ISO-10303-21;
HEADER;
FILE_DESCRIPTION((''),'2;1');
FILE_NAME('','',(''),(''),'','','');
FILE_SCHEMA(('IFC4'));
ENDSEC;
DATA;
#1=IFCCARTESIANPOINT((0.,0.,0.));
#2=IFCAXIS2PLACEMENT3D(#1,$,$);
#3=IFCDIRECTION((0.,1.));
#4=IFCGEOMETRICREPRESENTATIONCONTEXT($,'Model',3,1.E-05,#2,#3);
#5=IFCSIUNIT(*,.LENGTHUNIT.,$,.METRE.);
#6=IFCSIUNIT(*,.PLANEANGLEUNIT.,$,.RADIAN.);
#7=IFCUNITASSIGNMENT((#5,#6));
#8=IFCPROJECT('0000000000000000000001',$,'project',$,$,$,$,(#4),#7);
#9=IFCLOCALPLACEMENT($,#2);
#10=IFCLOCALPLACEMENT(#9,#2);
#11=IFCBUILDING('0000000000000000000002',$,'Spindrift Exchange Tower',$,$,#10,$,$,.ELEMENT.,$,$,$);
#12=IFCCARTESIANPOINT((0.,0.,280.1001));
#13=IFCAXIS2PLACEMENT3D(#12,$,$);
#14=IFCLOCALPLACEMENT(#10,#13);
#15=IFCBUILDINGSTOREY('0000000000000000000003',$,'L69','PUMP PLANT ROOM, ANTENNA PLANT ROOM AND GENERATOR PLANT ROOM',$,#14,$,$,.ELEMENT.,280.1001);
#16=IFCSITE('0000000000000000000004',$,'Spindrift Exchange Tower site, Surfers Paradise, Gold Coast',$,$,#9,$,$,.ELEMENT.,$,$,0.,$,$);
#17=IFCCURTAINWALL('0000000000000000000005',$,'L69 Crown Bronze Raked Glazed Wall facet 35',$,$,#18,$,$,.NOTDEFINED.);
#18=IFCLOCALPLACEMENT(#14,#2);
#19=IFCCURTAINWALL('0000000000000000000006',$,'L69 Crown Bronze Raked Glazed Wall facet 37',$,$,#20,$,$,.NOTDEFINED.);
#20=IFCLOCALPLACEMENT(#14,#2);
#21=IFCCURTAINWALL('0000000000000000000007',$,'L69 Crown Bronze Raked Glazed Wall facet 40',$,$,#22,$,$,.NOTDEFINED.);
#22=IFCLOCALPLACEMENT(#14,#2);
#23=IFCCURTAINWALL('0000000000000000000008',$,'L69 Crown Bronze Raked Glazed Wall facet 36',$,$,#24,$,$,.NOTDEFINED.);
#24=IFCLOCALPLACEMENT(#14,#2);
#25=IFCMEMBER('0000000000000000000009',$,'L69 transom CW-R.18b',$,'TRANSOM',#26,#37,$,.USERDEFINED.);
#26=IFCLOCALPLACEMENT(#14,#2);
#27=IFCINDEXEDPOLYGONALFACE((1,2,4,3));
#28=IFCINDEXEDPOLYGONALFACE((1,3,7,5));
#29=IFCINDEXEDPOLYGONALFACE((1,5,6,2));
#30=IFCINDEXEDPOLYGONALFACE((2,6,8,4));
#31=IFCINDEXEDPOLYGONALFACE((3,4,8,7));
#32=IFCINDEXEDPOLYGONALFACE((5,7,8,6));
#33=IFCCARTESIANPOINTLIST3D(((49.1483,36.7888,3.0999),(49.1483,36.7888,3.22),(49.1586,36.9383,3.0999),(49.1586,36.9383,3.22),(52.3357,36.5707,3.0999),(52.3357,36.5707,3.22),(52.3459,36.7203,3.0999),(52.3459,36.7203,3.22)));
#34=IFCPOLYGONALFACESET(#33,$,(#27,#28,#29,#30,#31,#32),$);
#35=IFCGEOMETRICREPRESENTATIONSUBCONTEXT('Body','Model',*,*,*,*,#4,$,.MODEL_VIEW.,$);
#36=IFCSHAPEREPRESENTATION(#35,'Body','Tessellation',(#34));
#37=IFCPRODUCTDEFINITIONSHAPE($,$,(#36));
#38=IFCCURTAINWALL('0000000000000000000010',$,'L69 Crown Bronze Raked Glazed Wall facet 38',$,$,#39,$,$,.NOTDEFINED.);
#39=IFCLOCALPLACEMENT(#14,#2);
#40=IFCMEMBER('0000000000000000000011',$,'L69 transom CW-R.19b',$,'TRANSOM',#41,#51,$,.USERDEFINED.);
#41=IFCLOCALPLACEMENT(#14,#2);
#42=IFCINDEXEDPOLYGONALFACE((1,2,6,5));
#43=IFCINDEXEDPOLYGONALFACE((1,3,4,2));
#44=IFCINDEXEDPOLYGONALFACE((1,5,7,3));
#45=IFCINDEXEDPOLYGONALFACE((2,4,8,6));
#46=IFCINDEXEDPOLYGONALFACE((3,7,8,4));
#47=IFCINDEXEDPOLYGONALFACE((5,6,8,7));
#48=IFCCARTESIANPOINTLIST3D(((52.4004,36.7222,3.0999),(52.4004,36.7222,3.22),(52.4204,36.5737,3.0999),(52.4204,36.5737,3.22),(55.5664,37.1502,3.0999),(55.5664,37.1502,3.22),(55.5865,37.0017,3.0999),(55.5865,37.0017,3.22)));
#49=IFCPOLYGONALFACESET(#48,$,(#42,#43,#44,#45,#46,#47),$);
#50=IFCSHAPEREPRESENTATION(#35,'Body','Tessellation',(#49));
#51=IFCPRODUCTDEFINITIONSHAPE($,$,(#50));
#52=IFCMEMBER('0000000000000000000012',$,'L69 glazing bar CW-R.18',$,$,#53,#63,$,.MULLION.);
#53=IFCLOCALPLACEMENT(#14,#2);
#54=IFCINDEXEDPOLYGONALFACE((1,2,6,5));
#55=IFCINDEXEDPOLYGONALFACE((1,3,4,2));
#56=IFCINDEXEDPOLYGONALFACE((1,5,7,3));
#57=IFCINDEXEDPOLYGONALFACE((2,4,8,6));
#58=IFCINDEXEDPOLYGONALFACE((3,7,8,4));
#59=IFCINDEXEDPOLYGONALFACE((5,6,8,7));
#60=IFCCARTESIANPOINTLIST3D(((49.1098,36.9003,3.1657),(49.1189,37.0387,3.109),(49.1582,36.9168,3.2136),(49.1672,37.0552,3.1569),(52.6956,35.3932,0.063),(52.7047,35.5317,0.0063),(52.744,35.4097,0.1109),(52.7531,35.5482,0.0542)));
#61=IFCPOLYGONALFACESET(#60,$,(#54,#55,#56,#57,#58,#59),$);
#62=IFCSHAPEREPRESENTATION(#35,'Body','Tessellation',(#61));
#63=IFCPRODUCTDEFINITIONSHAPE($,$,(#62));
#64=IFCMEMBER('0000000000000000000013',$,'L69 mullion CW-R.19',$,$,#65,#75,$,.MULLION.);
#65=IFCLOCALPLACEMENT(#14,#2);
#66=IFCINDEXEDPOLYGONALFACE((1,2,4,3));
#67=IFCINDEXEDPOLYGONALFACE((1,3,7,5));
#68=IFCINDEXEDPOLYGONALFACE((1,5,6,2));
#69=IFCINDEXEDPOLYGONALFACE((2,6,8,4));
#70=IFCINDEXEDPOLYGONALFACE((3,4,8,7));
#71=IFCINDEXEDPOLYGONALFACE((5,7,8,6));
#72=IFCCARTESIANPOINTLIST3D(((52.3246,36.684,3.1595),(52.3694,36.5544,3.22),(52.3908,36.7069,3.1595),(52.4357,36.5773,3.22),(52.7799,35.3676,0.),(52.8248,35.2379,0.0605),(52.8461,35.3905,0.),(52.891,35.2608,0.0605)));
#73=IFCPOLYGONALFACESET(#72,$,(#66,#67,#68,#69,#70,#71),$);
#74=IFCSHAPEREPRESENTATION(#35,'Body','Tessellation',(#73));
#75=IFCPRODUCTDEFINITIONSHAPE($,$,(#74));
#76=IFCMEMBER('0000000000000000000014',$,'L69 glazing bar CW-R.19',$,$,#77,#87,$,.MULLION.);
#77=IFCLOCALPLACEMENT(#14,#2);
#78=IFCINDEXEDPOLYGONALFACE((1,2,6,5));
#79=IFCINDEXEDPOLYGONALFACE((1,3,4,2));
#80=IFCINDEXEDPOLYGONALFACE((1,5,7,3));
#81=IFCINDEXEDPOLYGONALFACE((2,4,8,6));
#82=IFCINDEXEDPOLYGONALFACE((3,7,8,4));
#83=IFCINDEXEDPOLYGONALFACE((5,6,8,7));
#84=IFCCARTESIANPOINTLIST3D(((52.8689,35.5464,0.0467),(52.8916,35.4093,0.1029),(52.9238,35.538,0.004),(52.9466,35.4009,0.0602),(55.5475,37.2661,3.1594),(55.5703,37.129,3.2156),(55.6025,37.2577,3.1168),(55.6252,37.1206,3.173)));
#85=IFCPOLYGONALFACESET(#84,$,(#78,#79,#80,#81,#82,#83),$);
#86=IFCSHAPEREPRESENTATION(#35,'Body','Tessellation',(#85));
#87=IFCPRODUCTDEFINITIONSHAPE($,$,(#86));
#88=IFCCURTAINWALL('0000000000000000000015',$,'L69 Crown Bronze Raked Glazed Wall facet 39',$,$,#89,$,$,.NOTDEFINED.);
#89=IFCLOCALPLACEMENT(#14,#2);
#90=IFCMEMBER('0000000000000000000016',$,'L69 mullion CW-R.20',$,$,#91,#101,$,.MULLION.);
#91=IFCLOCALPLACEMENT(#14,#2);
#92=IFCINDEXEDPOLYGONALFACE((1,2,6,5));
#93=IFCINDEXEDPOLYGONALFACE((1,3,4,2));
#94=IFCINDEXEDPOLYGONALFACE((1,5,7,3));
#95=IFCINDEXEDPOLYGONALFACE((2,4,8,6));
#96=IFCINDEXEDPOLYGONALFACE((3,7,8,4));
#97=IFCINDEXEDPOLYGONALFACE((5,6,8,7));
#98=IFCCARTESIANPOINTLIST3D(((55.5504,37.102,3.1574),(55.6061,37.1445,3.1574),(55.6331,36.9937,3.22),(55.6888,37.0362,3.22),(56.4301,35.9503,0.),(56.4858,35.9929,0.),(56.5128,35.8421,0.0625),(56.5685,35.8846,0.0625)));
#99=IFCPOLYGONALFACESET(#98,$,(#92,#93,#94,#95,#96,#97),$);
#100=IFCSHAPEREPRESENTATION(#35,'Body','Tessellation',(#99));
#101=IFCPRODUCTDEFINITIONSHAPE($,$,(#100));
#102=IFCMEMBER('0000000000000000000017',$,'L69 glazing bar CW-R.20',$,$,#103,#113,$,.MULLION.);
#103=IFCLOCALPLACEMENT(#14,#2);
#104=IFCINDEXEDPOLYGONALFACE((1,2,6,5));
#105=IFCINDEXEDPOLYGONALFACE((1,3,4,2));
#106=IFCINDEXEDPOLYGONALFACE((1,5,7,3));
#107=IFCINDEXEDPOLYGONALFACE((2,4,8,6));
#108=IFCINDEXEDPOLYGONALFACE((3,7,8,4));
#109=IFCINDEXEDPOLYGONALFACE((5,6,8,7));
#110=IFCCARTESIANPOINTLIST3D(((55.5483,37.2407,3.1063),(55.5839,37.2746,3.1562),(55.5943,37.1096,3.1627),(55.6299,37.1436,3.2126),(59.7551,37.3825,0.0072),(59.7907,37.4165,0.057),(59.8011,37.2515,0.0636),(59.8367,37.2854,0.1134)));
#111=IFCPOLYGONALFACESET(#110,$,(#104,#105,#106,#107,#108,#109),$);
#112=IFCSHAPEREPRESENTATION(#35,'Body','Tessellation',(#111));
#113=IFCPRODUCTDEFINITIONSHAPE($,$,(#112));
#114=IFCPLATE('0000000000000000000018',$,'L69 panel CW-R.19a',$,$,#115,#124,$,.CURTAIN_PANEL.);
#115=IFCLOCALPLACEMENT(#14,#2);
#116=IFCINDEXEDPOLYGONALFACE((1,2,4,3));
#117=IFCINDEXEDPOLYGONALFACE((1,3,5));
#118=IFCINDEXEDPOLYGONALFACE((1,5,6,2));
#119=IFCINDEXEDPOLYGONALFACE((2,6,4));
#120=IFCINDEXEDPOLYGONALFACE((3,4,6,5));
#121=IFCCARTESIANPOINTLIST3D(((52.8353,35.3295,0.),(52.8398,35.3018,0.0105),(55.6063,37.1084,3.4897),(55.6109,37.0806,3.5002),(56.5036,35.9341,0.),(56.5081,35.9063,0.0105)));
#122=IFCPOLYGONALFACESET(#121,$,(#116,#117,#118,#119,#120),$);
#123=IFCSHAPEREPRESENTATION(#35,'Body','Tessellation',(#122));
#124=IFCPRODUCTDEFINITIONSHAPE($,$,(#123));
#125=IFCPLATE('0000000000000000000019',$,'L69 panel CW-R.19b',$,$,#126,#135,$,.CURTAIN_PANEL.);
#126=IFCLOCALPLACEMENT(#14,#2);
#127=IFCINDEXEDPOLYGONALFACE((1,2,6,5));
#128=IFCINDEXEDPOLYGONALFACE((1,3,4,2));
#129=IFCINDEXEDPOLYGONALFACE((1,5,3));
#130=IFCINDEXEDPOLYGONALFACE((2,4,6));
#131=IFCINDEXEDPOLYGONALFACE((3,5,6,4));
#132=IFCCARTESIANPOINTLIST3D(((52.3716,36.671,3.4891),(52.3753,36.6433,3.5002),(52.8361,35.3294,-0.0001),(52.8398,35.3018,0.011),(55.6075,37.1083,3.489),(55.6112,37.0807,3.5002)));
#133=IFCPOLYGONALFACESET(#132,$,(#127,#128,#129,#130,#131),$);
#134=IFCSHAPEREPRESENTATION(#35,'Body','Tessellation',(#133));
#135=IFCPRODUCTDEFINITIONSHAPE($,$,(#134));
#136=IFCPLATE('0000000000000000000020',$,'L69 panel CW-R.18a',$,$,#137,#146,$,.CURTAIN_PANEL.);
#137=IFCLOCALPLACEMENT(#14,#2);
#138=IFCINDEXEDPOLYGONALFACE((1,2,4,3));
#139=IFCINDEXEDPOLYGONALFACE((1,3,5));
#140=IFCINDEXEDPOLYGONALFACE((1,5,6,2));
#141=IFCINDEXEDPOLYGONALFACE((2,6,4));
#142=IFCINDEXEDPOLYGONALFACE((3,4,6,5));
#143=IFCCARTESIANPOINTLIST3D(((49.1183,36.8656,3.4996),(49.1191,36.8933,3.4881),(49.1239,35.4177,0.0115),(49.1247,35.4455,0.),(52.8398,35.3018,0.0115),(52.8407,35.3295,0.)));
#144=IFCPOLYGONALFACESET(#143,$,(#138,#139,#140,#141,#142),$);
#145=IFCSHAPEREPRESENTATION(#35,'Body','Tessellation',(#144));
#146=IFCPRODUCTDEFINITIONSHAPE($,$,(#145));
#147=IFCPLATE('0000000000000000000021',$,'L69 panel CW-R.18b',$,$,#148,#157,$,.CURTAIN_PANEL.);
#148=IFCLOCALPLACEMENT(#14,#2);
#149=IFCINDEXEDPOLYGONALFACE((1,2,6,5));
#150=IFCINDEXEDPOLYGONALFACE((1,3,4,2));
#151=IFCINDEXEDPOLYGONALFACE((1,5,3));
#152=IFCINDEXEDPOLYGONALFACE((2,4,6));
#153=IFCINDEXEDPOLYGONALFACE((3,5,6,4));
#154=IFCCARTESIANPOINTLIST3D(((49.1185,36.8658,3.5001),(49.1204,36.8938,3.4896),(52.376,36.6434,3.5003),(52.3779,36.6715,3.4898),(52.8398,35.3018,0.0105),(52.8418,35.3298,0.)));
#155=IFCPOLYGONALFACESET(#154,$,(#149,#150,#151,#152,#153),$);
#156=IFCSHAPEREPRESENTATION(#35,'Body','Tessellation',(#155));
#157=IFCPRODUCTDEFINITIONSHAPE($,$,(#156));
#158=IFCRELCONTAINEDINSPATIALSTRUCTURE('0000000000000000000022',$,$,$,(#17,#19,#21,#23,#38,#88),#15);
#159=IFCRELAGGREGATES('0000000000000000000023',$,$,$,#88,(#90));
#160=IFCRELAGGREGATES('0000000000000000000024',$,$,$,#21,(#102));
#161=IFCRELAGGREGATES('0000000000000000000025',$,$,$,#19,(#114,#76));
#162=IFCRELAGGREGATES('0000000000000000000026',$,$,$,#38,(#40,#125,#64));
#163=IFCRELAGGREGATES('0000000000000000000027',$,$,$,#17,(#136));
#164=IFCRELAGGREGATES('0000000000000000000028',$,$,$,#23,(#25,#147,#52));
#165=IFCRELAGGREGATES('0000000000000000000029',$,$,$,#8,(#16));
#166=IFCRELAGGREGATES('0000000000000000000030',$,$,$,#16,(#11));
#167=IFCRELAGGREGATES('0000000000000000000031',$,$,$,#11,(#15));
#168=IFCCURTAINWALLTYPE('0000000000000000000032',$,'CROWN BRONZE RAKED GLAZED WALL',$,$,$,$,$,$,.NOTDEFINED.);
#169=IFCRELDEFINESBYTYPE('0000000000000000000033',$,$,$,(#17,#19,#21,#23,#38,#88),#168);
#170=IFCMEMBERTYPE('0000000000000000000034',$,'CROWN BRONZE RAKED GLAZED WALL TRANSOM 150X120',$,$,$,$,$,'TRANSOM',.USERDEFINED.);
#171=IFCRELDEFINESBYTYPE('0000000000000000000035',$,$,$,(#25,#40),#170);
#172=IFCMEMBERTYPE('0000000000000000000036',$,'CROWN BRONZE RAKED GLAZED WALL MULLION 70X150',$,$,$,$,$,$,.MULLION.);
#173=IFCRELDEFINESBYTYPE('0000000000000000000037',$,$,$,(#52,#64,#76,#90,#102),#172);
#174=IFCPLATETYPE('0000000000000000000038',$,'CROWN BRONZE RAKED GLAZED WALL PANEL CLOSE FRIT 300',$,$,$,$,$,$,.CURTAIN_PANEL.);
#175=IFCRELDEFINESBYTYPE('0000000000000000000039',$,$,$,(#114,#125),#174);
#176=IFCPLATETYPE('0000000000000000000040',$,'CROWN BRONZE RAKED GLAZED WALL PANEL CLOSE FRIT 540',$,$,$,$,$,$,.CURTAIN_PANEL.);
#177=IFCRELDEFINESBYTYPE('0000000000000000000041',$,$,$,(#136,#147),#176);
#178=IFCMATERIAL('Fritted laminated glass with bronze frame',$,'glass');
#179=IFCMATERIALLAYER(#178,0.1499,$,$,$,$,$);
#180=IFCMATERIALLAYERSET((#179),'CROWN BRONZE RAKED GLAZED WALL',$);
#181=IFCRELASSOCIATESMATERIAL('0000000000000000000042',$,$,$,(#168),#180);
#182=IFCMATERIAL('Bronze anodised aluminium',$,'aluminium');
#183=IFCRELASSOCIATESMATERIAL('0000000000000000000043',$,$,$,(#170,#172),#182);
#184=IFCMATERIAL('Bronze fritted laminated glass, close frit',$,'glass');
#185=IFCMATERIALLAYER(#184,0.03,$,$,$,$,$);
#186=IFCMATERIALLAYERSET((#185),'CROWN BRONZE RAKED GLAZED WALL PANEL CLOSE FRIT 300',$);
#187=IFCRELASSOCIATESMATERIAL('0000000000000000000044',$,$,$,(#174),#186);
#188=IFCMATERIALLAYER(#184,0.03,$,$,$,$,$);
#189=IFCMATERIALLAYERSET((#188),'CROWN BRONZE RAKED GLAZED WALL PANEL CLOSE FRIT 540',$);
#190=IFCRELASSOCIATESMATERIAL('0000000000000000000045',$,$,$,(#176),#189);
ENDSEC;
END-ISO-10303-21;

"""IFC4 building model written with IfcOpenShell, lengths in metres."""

from ifc_helpers import new_model, si_unit, direction, frame, origin, origin_2d, place, context, subcontext, project, spatial, line, indexed_curve, rectangle, outline, extrude, source, transform, mapped, material, layer, layer_set, material_profile, profile_set, type_object, element, aggregate, save


model = new_model("IFC4")

# Units and contexts
model_context = context("Model", 3, precision=1e-05, world=origin(), true_north=direction((0.0, 1.0)))
body_context = subcontext(model_context, "Body", "Model", "MODEL_VIEW")
ifc_project = project(units=[si_unit("LENGTHUNIT", "METRE"), si_unit("PLANEANGLEUNIT", "RADIAN")], contexts=[model_context])

# Site, building, storey
site_placement = place(None, origin())
site = spatial("IfcSite", under=ifc_project, at=site_placement, Name="Spindrift Exchange Tower site, Surfers Paradise, Gold Coast", CompositionType="ELEMENT", RefElevation=0.0)
building_placement = place(site_placement, origin())
building = spatial("IfcBuilding", under=site, at=building_placement, Name="Spindrift Exchange Tower", CompositionType="ELEMENT")
storey_placement = place(building_placement, frame((0.0, 0.0, 280.1001)))
storey = spatial("IfcBuildingStorey", under=building, at=storey_placement, Name="L69", Description="PUMP PLANT ROOM, ANTENNA PLANT ROOM AND GENERATOR PLANT ROOM", CompositionType="ELEMENT", Elevation=280.1001)

# Curtain walls, members
ifc_material_1 = material(Name="Fritted laminated glass with bronze frame", Category="glass")
ifc_layer_1 = layer(ifc_material_1, 0.1499)
ifc_layer_set_1 = layer_set([ifc_layer_1], Name="CROWN BRONZE RAKED GLAZED WALL")
curtain_wall_type = type_object("IfcCurtainWallType", Name="CROWN BRONZE RAKED GLAZED WALL", PredefinedType="NOTDEFINED", material=ifc_layer_set_1)
curtain_wall_1_placement = place(storey_placement, origin())
curtain_wall_1 = element("IfcCurtainWall", 1, at=curtain_wall_1_placement, inside=storey, type_object=curtain_wall_type, Name="L69 Crown Bronze Raked Glazed Wall facet 35", PredefinedType="NOTDEFINED")
ifc_material_2 = material(Name="Bronze anodised aluminium", Category="aluminium")
ifc_material_profile_1 = material_profile(ifc_material_2, rectangle(XDim=0.1499, YDim=0.1201, at=origin_2d()), Name="CROWN BRONZE RAKED GLAZED WALL TRANSOM 150X120")
ifc_profile_set_1 = profile_set([ifc_material_profile_1], Name="Bronze anodised aluminium")
member_type_1 = type_object("IfcMemberType", Name="CROWN BRONZE RAKED GLAZED WALL TRANSOM 150X120", ElementType="TRANSOM", PredefinedType="USERDEFINED", material=ifc_profile_set_1)
curtain_wall_2_placement = place(storey_placement, origin())
curtain_wall_2 = element("IfcCurtainWall", 2, at=curtain_wall_2_placement, inside=storey, type_object=curtain_wall_type, Name="L69 Crown Bronze Raked Glazed Wall facet 37", PredefinedType="NOTDEFINED")
curtain_wall_3_placement = place(storey_placement, origin())
curtain_wall_3 = element("IfcCurtainWall", 3, at=curtain_wall_3_placement, inside=storey, type_object=curtain_wall_type, Name="L69 Crown Bronze Raked Glazed Wall facet 40", PredefinedType="NOTDEFINED")
curtain_wall_4_placement = place(storey_placement, origin())
curtain_wall_4 = element("IfcCurtainWall", 4, at=curtain_wall_4_placement, inside=storey, type_object=curtain_wall_type, Name="L69 Crown Bronze Raked Glazed Wall facet 36", PredefinedType="NOTDEFINED")
shared_shape_1 = source(origin(), body_context, "Body", "SweptSolid", [
    extrude(rectangle(XDim=0.1499, YDim=0.1201, at=origin_2d()), origin(), (0.0, 0.0, 1.0), 3.1948),
])
member_1_placement = place(storey_placement, frame((52.3408, 36.6455, 3.1599), z_axis=(-0.997669, 0.068243, 0.0), x_axis=(-0.068243, -0.997669, 0.0)))
member_1 = element("IfcMember", 5, at=member_1_placement, type_object=member_type_1, Name="L69 transom CW-R.18b", ObjectType="TRANSOM", PredefinedType="USERDEFINED", context=body_context, shape_type="MappedRepresentation", body=[
    mapped(shared_shape_1, transform((0.0, 0.0, 0.0), scale=1.0)),
])
curtain_wall_5_placement = place(storey_placement, origin())
curtain_wall_5 = element("IfcCurtainWall", 6, at=curtain_wall_5_placement, inside=storey, type_object=curtain_wall_type, Name="L69 Crown Bronze Raked Glazed Wall facet 38", PredefinedType="NOTDEFINED")
member_2_placement = place(storey_placement, frame((52.4104, 36.6479, 3.1599), z_axis=(0.990987, 0.13396, 0.0), x_axis=(-0.13396, 0.990987, 0.0)))
member_2 = element("IfcMember", 7, at=member_2_placement, type_object=member_type_1, Name="L69 transom CW-R.19b", ObjectType="TRANSOM", PredefinedType="USERDEFINED", context=body_context, shape_type="MappedRepresentation", body=[
    mapped(shared_shape_1, transform((0.0, 0.0, 0.0), scale=1.0)),
])

# Members
ifc_material_profile_2 = material_profile(ifc_material_2, rectangle(XDim=0.0701, YDim=0.1499, at=origin_2d()), Name="CROWN BRONZE RAKED GLAZED WALL MULLION 70X150")
ifc_profile_set_2 = profile_set([ifc_material_profile_2], Name="Bronze anodised aluminium")
member_type_2 = type_object("IfcMemberType", Name="CROWN BRONZE RAKED GLAZED WALL MULLION 70X150", PredefinedType="MULLION", material=ifc_profile_set_2)
shared_shape_2 = source(origin(), body_context, "Body", "SweptSolid", [
    extrude(rectangle(XDim=0.0701, YDim=0.1499, at=origin_2d()), origin(), (0.0, 0.0, 1.0), 4.9756),
])
member_3_placement = place(storey_placement, frame((52.7244, 35.4707, 0.0586), z_axis=(-0.720691, 0.302889, 0.623588), x_axis=(-0.690596, -0.234942, -0.684017)))
member_3 = element("IfcMember", 8, at=member_3_placement, type_object=member_type_2, Name="L69 glazing bar CW-R.18", PredefinedType="MULLION", context=body_context, shape_type="MappedRepresentation", body=[
    mapped(shared_shape_2, transform((0.0, 0.0, 0.0), scale=1.0)),
])
shared_shape_3 = source(origin(), body_context, "Body", "SweptSolid", [
    extrude(rectangle(XDim=0.0701, YDim=0.1499, at=origin_2d()), origin(), (0.0, 0.0, 1.0), 3.4529),
])
member_4_placement = place(storey_placement, frame((52.8354, 35.3142, 0.0303), z_axis=(-0.131868, 0.381252, 0.915018), x_axis=(-0.945065, -0.326882, 0.0)))
member_4 = element("IfcMember", 9, at=member_4_placement, type_object=member_type_2, Name="L69 mullion CW-R.19", PredefinedType="MULLION", context=body_context, shape_type="MappedRepresentation", body=[
    mapped(shared_shape_3, transform((0.0, 0.0, 0.0), scale=1.0)),
])
shared_shape_4 = source(origin(), body_context, "Body", "SweptSolid", [
    extrude(rectangle(XDim=0.0701, YDim=0.1499, at=origin_2d()), origin(), (0.0, 0.0, 1.0), 4.4521),
])
member_5_placement = place(storey_placement, frame((52.9077, 35.4736, 0.0535), z_axis=(0.601655, 0.386261, 0.699152), x_axis=(-0.784225, 0.119454, 0.608869)))
member_5 = element("IfcMember", 10, at=member_5_placement, type_object=member_type_2, Name="L69 glazing bar CW-R.19", PredefinedType="MULLION", context=body_context, shape_type="MappedRepresentation", body=[
    mapped(shared_shape_4, transform((0.0, 0.0, 0.0), scale=1.0)),
])

# Curtain wall, member
curtain_wall_6_placement = place(storey_placement, origin())
curtain_wall_6 = element("IfcCurtainWall", 11, at=curtain_wall_6_placement, inside=storey, type_object=curtain_wall_type, Name="L69 Crown Bronze Raked Glazed Wall facet 39", PredefinedType="NOTDEFINED")
shared_shape_5 = source(origin(), body_context, "Body", "SweptSolid", [
    extrude(rectangle(XDim=0.0701, YDim=0.1499, at=origin_2d()), origin(), (0.0, 0.0, 1.0), 3.4741),
])
member_6_placement = place(storey_placement, frame((56.4993, 35.9175, 0.0312), z_axis=(-0.253197, 0.331482, 0.908852), x_axis=(-0.794692, -0.607012, 0.0)))
member_6 = element("IfcMember", 12, at=member_6_placement, type_object=member_type_2, Name="L69 mullion CW-R.20", PredefinedType="MULLION", context=body_context, shape_type="MappedRepresentation", body=[
    mapped(shared_shape_5, transform((0.0, 0.0, 0.0), scale=1.0)),
])
aggregate(curtain_wall_6, [member_6])

# Member
shared_shape_6 = source(origin(), body_context, "Body", "SweptSolid", [
    extrude(rectangle(XDim=0.0701, YDim=0.1499, at=origin_2d()), origin(), (0.0, 0.0, 1.0), 5.2271),
])
member_7_placement = place(storey_placement, frame((59.7959, 37.334, 0.0603), z_axis=(-0.804816, -0.027137, 0.592904), x_axis=(-0.508146, -0.484683, -0.711948)))
member_7 = element("IfcMember", 13, at=member_7_placement, type_object=member_type_2, Name="L69 glazing bar CW-R.20", PredefinedType="MULLION", context=body_context, shape_type="MappedRepresentation", body=[
    mapped(shared_shape_6, transform((0.0, 0.0, 0.0), scale=1.0)),
])
aggregate(curtain_wall_3, [member_7])

# Plates
ifc_material_3 = material(Name="Bronze fritted laminated glass, close frit", Category="glass")
ifc_layer_2 = layer(ifc_material_3, 0.03)
ifc_layer_set_2 = layer_set([ifc_layer_2], Name="CROWN BRONZE RAKED GLAZED WALL PANEL CLOSE FRIT 300")
plate_type_1 = type_object("IfcPlateType", Name="CROWN BRONZE RAKED GLAZED WALL PANEL CLOSE FRIT 300", PredefinedType="CURTAIN_PANEL", material=ifc_layer_set_2)
plate_1_placement = place(storey_placement, frame((52.8398, 35.3018, 0.0105), z_axis=(0.152314, -0.92422, 0.350168), x_axis=(0.98669, 0.16261, 0.0)))
plate_1 = element("IfcPlate", 14, at=plate_1_placement, type_object=plate_type_1, Name="L69 panel CW-R.19a", PredefinedType="CURTAIN_PANEL", context=body_context, shape_type="SweptSolid", body=[
    extrude(outline(indexed_curve([(0.0, 0.0), (3.7178, 0.0), (3.0234, 3.7256)], segments=[line(1, 2, 3, 1)], self_intersect=False)), origin(), (0.0, 0.0, -1.0), 0.03),
])
aggregate(curtain_wall_2, [plate_1, member_5])
plate_2_placement = place(storey_placement, frame((52.8398, 35.3018, 0.011), z_axis=(0.124401, -0.920473, 0.370477), x_axis=(0.577628, 0.370769, 0.727239)))
plate_2 = element("IfcPlate", 15, at=plate_2_placement, type_object=plate_type_1, Name="L69 panel CW-R.19b", PredefinedType="CURTAIN_PANEL", context=body_context, shape_type="SweptSolid", body=[
    extrude(outline(indexed_curve([(0.0, 0.0), (4.7979, 0.0), (2.7666, 2.5566)], segments=[line(1, 2, 3, 1)], self_intersect=False)), origin(), (0.0, 0.0, -1.0), 0.03),
])
aggregate(curtain_wall_5, [member_2, plate_2, member_4])
ifc_layer_3 = layer(ifc_material_3, 0.03)
ifc_layer_set_3 = layer_set([ifc_layer_3], Name="CROWN BRONZE RAKED GLAZED WALL PANEL CLOSE FRIT 540")
plate_type_2 = type_object("IfcPlateType", Name="CROWN BRONZE RAKED GLAZED WALL PANEL CLOSE FRIT 540", PredefinedType="CURTAIN_PANEL", material=ifc_layer_set_3)
plate_3_placement = place(storey_placement, frame((52.8398, 35.3018, 0.0115), z_axis=(-0.028815, -0.923231, 0.383163), x_axis=(-0.999513, 0.031196, 0.0)))
plate_3 = element("IfcPlate", 16, at=plate_3_placement, type_object=plate_type_2, Name="L69 panel CW-R.18a", PredefinedType="CURTAIN_PANEL", context=body_context, shape_type="SweptSolid", body=[
    extrude(outline(indexed_curve([(0.0, 0.0), (3.7178, 0.0), (3.7686, -3.7764)], segments=[line(1, 2, 3, 1)], self_intersect=False)), origin(), (0.0, 0.0, -1.0), 0.03),
])
aggregate(curtain_wall_1, [plate_3])
plate_4_placement = place(storey_placement, frame((52.8398, 35.3018, 0.0105), z_axis=(-0.0638, -0.934307, 0.350713), x_axis=(-0.697412, 0.293112, 0.653989)))
plate_4 = element("IfcPlate", 17, at=plate_4_placement, type_object=plate_type_2, Name="L69 panel CW-R.18b", PredefinedType="CURTAIN_PANEL", context=body_context, shape_type="SweptSolid", body=[
    extrude(outline(indexed_curve([(0.0, 0.0), (5.3359, 0.0), (2.999, -2.2803)], segments=[line(1, 2, 3, 1)], self_intersect=False)), origin(), (0.0, 0.0, -1.0), 0.03),
])
aggregate(curtain_wall_4, [member_1, plate_4, member_3])

save(model, "model.ifc")
